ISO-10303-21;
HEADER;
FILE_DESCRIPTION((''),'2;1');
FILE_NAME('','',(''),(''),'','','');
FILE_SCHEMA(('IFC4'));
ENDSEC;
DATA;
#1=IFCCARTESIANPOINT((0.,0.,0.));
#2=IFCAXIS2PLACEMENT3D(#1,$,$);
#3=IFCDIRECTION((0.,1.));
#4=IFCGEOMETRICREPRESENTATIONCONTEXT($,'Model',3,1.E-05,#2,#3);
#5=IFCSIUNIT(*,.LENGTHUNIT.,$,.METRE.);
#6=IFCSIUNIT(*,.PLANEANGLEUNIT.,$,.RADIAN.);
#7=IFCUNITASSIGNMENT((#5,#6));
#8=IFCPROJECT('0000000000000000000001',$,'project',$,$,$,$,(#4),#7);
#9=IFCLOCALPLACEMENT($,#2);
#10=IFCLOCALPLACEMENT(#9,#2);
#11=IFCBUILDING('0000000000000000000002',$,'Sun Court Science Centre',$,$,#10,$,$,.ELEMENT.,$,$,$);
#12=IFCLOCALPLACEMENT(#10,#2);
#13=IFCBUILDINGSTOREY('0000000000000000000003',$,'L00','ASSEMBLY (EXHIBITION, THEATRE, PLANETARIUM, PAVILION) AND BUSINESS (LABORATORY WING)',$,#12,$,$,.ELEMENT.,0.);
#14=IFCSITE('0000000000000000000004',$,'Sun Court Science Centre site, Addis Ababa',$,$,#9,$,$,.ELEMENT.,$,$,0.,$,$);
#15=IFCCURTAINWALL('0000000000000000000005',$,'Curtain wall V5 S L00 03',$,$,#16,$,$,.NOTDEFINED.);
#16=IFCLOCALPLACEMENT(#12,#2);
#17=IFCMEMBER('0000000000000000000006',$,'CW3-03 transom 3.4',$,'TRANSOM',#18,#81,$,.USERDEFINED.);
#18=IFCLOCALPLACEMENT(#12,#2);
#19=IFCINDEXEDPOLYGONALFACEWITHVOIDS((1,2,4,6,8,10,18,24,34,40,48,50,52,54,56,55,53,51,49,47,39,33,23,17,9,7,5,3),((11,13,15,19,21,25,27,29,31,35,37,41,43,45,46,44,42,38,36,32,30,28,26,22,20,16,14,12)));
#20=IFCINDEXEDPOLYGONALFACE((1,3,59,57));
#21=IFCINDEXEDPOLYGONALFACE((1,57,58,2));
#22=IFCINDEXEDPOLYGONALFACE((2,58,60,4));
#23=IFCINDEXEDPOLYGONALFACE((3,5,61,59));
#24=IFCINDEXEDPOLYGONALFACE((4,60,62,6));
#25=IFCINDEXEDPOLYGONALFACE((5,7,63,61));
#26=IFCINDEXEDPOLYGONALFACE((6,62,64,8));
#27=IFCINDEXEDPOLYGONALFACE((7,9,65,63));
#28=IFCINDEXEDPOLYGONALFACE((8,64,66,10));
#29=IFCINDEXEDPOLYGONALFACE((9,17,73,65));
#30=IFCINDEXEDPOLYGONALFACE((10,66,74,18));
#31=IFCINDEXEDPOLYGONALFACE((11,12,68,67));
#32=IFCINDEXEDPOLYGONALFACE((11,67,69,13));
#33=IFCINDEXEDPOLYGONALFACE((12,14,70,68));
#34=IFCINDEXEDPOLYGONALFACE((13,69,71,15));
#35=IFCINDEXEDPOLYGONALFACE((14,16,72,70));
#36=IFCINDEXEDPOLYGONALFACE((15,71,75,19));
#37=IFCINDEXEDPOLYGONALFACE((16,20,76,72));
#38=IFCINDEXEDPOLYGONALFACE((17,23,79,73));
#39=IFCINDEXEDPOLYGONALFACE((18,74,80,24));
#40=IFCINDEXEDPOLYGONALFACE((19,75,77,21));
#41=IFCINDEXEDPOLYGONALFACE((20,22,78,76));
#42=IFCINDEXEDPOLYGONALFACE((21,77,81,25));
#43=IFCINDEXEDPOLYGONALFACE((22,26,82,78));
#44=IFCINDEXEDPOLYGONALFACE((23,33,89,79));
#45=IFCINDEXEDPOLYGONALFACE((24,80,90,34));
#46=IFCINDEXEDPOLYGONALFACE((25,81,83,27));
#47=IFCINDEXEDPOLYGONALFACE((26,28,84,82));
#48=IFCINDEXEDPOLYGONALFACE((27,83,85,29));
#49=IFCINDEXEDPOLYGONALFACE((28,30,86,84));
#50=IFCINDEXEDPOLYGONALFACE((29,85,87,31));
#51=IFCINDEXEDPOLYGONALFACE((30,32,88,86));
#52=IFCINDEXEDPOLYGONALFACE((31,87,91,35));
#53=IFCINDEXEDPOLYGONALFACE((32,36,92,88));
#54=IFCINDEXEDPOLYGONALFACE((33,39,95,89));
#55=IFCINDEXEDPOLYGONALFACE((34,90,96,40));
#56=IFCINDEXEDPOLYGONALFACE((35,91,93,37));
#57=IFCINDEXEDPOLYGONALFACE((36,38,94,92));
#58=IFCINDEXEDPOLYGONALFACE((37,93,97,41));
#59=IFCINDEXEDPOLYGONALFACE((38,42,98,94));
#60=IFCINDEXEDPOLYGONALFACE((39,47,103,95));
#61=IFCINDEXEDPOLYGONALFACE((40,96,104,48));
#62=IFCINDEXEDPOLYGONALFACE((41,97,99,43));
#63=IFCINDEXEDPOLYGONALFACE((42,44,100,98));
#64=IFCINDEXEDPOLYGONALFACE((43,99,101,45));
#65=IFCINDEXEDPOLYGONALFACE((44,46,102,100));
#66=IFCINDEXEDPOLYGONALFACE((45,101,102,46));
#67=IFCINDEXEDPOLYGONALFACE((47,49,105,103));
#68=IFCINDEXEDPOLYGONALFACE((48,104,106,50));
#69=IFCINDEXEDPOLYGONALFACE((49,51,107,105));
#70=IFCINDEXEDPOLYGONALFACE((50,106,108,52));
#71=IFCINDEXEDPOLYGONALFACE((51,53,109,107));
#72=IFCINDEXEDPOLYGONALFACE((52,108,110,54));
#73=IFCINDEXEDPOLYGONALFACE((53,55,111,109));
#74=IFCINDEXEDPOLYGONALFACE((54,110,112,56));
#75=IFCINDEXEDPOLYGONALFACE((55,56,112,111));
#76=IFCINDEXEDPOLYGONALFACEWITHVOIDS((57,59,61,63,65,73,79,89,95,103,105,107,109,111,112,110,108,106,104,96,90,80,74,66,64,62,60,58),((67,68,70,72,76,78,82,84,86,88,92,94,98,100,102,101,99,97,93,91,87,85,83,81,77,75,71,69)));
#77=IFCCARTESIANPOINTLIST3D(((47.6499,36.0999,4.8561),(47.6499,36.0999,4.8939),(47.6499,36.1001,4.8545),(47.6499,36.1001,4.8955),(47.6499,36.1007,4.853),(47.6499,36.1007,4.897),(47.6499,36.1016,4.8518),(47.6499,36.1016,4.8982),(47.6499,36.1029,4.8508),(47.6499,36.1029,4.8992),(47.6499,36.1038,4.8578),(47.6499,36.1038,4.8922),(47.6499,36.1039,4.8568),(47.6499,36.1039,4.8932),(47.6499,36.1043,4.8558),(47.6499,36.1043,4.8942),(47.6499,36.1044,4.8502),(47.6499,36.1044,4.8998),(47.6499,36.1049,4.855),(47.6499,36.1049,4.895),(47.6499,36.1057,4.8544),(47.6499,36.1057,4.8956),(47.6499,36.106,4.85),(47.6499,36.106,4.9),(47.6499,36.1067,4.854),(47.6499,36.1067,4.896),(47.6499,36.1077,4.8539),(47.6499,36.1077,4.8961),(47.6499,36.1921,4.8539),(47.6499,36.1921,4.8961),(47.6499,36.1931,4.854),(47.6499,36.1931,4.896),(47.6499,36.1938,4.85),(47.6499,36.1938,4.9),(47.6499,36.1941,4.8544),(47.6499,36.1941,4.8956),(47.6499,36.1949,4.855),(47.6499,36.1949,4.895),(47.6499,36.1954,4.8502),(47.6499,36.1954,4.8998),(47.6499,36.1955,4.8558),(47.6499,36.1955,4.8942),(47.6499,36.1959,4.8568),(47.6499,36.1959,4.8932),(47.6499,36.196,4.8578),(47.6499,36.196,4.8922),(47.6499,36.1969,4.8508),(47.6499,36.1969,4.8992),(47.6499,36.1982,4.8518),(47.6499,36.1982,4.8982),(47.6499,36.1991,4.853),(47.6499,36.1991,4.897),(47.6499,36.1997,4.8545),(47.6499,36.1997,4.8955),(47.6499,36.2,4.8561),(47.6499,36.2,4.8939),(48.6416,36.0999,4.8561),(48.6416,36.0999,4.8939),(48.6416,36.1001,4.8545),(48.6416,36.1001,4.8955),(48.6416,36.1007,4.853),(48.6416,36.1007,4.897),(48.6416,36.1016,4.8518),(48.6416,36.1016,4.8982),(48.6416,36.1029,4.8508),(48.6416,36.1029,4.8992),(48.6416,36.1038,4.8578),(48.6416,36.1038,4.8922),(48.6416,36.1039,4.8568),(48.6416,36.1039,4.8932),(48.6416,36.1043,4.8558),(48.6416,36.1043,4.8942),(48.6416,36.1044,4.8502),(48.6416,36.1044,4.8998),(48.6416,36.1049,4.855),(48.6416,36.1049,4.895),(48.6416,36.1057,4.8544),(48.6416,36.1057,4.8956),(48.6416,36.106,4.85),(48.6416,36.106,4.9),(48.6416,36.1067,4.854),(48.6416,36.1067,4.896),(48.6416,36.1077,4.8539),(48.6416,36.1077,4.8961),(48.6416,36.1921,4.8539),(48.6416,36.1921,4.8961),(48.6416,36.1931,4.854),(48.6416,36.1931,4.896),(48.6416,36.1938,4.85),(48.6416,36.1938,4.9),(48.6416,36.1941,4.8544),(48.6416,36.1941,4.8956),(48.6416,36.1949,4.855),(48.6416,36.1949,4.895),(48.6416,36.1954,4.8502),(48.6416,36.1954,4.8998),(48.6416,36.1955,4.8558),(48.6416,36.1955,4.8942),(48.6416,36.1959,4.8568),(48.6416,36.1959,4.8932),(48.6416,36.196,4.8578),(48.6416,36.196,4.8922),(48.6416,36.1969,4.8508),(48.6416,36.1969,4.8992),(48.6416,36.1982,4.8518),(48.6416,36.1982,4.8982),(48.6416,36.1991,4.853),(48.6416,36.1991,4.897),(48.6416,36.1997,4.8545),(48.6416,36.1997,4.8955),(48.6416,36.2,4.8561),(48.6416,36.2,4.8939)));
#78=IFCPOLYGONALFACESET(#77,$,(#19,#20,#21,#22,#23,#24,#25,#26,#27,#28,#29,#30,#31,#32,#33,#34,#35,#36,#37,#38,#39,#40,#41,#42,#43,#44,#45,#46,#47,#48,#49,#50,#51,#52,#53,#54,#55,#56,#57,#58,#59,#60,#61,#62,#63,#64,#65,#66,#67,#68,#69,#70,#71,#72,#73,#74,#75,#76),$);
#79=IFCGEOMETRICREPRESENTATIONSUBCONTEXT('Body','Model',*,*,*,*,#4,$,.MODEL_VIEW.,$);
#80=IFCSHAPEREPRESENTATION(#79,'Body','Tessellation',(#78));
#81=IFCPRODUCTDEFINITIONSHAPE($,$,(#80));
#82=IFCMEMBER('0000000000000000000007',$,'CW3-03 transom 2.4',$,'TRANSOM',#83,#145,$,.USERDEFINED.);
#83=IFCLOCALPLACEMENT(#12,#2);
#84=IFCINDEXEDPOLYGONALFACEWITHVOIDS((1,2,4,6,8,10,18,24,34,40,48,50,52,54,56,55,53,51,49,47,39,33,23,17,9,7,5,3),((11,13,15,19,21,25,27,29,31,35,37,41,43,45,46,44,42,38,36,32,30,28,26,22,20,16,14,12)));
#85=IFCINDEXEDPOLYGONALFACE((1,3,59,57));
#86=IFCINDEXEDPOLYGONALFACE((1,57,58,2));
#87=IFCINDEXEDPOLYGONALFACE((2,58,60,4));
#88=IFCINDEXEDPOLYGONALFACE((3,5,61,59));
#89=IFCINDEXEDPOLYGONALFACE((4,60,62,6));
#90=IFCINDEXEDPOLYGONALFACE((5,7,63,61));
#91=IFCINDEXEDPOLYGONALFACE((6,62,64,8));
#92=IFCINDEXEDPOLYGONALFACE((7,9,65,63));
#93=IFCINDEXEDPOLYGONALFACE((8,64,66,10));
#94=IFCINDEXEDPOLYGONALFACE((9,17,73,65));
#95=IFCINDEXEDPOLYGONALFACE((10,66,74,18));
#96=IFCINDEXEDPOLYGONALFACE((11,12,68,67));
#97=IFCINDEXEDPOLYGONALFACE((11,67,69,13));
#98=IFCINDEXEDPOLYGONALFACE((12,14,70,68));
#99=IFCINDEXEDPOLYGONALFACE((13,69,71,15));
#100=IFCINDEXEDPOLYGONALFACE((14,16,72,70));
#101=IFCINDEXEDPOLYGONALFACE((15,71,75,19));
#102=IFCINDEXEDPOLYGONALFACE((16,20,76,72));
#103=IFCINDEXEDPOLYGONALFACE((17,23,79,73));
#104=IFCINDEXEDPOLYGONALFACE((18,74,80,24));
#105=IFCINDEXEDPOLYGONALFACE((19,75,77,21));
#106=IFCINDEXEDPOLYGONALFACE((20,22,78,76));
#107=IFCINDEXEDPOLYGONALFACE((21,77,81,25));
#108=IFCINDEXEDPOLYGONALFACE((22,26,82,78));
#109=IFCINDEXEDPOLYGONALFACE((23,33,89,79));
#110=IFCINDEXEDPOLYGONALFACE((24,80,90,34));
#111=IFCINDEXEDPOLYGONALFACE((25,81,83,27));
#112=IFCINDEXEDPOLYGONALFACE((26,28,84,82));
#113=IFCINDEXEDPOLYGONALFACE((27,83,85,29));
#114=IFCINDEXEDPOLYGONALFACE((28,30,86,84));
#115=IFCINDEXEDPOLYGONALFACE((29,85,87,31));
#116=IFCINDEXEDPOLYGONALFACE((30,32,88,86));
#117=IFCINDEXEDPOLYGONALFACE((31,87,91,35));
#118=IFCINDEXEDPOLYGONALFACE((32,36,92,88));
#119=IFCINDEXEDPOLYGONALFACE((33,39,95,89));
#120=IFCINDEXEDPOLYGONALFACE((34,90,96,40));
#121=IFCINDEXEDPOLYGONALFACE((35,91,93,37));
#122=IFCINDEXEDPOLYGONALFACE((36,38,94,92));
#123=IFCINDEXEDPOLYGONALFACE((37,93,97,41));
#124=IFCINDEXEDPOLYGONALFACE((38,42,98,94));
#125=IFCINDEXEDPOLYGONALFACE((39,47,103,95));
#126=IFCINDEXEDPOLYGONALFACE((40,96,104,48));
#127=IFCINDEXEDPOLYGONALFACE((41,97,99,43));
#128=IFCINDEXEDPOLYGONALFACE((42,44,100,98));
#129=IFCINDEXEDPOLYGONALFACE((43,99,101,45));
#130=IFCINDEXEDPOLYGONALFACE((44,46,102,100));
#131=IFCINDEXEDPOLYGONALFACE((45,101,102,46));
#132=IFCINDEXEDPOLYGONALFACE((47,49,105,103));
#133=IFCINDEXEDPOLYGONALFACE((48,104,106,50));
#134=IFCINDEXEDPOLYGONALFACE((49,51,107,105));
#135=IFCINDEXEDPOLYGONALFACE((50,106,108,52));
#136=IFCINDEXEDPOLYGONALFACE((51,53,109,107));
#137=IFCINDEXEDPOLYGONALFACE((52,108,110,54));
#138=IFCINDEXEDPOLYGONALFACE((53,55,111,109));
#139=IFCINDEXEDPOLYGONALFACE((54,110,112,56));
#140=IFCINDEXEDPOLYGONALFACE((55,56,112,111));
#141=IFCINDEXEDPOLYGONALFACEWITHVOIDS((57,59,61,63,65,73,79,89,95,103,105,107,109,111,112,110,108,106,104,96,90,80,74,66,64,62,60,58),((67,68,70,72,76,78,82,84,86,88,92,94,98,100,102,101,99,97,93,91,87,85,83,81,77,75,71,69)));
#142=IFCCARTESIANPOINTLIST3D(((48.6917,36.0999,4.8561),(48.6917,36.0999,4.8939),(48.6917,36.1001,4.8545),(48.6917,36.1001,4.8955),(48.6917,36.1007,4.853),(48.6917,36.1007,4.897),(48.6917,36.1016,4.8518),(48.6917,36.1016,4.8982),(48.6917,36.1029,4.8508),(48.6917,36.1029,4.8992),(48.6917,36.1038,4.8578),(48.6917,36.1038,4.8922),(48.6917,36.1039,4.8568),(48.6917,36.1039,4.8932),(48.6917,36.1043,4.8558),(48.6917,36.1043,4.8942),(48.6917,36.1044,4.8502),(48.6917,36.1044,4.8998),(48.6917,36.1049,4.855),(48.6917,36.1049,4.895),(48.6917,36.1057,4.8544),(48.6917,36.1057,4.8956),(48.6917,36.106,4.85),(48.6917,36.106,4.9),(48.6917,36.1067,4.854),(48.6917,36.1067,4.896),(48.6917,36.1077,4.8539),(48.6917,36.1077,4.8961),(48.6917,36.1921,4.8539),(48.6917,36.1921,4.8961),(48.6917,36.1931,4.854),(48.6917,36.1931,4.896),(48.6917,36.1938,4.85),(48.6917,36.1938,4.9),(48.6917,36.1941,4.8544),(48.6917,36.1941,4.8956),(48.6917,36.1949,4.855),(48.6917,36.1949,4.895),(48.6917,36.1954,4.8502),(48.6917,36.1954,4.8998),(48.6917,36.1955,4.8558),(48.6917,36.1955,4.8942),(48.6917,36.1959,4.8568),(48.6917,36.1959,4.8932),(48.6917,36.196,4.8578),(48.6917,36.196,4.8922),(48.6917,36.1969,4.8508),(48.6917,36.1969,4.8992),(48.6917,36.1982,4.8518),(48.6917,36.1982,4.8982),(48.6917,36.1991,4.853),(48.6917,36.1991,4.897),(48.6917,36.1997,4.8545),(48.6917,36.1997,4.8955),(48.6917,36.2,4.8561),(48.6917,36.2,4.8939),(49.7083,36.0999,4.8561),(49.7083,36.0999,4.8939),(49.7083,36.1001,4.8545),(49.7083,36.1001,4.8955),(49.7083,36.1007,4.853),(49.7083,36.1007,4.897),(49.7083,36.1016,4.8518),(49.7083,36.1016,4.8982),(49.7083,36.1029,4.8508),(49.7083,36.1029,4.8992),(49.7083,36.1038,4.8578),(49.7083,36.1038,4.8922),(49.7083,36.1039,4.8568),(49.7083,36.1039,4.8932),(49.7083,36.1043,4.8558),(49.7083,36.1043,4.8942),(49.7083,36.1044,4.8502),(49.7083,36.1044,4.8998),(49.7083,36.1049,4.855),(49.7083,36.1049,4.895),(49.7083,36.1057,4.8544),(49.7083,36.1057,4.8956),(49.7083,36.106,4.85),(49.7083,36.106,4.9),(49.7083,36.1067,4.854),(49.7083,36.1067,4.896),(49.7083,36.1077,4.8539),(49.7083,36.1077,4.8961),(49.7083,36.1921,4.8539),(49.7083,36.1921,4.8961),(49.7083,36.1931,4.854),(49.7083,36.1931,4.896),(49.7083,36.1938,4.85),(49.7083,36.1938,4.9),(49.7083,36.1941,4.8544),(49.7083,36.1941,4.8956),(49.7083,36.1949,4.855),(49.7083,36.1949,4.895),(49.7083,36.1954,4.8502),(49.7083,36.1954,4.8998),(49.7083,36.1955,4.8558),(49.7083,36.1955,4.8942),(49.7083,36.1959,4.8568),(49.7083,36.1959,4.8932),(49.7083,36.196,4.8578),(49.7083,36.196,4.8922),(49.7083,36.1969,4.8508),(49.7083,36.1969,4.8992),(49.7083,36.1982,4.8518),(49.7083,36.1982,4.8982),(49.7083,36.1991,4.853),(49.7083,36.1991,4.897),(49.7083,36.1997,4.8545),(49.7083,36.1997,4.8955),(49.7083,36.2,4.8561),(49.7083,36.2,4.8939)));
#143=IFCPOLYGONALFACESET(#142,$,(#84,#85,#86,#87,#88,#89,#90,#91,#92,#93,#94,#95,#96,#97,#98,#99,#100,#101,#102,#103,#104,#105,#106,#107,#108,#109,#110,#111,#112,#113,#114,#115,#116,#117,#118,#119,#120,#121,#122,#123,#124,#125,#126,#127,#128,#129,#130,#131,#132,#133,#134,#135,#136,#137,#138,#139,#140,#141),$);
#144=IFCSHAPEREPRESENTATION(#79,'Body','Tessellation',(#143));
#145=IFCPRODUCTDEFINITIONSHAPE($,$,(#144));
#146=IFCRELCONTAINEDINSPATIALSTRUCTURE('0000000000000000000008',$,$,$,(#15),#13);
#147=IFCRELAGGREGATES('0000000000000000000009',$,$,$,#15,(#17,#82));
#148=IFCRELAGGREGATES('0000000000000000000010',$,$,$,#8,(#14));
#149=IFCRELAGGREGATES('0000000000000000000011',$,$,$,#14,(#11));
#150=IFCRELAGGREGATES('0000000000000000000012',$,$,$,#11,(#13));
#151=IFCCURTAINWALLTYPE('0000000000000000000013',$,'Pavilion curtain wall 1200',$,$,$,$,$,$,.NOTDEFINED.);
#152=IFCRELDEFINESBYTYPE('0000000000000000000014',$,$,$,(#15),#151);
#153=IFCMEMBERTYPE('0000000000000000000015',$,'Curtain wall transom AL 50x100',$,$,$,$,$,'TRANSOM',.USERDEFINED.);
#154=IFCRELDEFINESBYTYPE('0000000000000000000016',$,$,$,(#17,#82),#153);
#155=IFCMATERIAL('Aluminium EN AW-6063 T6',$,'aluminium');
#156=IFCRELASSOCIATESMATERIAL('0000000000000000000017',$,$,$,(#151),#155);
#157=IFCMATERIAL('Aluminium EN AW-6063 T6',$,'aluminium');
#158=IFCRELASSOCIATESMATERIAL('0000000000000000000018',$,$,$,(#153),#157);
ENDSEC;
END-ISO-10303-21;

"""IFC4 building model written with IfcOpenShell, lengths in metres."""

from ifc_helpers import new_model, si_unit, direction, frame, origin, origin_2d, place, context, subcontext, project, spatial, hollow_rectangle, extrude, material, material_profile, profile_set, type_object, element, aggregate, save


model = new_model("IFC4")

# Units and contexts
model_context = context("Model", 3, precision=1e-05, world=origin(), true_north=direction((0.0, 1.0)))
body_context = subcontext(model_context, "Body", "Model", "MODEL_VIEW")
ifc_project = project(units=[si_unit("LENGTHUNIT", "METRE"), si_unit("PLANEANGLEUNIT", "RADIAN")], contexts=[model_context])

# Site, building, storey
site_placement = place(None, origin())
site = spatial("IfcSite", under=ifc_project, at=site_placement, Name="Sun Court Science Centre site, Addis Ababa", CompositionType="ELEMENT", RefElevation=0.0)
building_placement = place(site_placement, origin())
building = spatial("IfcBuilding", under=site, at=building_placement, Name="Sun Court Science Centre", CompositionType="ELEMENT")
storey_placement = place(building_placement, origin())
storey = spatial("IfcBuildingStorey", under=building, at=storey_placement, Name="L00", Description="ASSEMBLY (EXHIBITION, THEATRE, PLANETARIUM, PAVILION) AND BUSINESS (LABORATORY WING)", CompositionType="ELEMENT", Elevation=0.0)

# Curtain wall, members
ifc_material_1 = material(Name="Aluminium EN AW-6063 T6", Category="aluminium")
curtain_wall_type = type_object("IfcCurtainWallType", Name="Pavilion curtain wall 1200", PredefinedType="NOTDEFINED", material=ifc_material_1)
ifc_material_2 = material(Name="Aluminium EN AW-6063 T6", Category="aluminium")
ifc_material_profile = material_profile(ifc_material_2, hollow_rectangle(XDim=0.05, YDim=0.1001, WallThickness=0.0039, InnerFilletRadius=0.0039, OuterFilletRadius=0.0061, at=origin_2d()), Name="AL 50x100x4")
ifc_profile_set = profile_set([ifc_material_profile], Name="Aluminium EN AW-6063 T6")
member_type = type_object("IfcMemberType", Name="Curtain wall transom AL 50x100", ElementType="TRANSOM", PredefinedType="USERDEFINED", material=ifc_profile_set)
curtain_wall_1_placement = place(storey_placement, origin())
curtain_wall_1 = element("IfcCurtainWall", 1, at=curtain_wall_1_placement, inside=storey, type_object=curtain_wall_type, Name="Curtain wall V5 S L00 03", PredefinedType="NOTDEFINED")
member_1_placement = place(storey_placement, frame((48.6416, 36.1499, 4.875), z_axis=(-1.0, 0.0, 0.0), x_axis=(0.0, 0.0, 1.0)))
member_1 = element("IfcMember", 2, at=member_1_placement, type_object=member_type, Name="CW3-03 transom 3.4", ObjectType="TRANSOM", PredefinedType="USERDEFINED", context=body_context, shape_type="SweptSolid", body=[
    extrude(hollow_rectangle(XDim=0.05, YDim=0.1001, WallThickness=0.0039, InnerFilletRadius=0.0039, OuterFilletRadius=0.0061, at=origin_2d()), origin(), (0.0, 0.0, 1.0), 0.9917),
])
member_2_placement = place(storey_placement, frame((49.7083, 36.1499, 4.875), z_axis=(-1.0, 0.0, 0.0), x_axis=(0.0, 0.0, 1.0)))
member_2 = element("IfcMember", 3, at=member_2_placement, type_object=member_type, Name="CW3-03 transom 2.4", ObjectType="TRANSOM", PredefinedType="USERDEFINED", context=body_context, shape_type="SweptSolid", body=[
    extrude(hollow_rectangle(XDim=0.05, YDim=0.1001, WallThickness=0.0039, InnerFilletRadius=0.0039, OuterFilletRadius=0.0061, at=origin_2d()), origin(), (0.0, 0.0, 1.0), 1.0166),
])

aggregate(curtain_wall_1, [member_1, member_2])

save(model, "model.ifc")
